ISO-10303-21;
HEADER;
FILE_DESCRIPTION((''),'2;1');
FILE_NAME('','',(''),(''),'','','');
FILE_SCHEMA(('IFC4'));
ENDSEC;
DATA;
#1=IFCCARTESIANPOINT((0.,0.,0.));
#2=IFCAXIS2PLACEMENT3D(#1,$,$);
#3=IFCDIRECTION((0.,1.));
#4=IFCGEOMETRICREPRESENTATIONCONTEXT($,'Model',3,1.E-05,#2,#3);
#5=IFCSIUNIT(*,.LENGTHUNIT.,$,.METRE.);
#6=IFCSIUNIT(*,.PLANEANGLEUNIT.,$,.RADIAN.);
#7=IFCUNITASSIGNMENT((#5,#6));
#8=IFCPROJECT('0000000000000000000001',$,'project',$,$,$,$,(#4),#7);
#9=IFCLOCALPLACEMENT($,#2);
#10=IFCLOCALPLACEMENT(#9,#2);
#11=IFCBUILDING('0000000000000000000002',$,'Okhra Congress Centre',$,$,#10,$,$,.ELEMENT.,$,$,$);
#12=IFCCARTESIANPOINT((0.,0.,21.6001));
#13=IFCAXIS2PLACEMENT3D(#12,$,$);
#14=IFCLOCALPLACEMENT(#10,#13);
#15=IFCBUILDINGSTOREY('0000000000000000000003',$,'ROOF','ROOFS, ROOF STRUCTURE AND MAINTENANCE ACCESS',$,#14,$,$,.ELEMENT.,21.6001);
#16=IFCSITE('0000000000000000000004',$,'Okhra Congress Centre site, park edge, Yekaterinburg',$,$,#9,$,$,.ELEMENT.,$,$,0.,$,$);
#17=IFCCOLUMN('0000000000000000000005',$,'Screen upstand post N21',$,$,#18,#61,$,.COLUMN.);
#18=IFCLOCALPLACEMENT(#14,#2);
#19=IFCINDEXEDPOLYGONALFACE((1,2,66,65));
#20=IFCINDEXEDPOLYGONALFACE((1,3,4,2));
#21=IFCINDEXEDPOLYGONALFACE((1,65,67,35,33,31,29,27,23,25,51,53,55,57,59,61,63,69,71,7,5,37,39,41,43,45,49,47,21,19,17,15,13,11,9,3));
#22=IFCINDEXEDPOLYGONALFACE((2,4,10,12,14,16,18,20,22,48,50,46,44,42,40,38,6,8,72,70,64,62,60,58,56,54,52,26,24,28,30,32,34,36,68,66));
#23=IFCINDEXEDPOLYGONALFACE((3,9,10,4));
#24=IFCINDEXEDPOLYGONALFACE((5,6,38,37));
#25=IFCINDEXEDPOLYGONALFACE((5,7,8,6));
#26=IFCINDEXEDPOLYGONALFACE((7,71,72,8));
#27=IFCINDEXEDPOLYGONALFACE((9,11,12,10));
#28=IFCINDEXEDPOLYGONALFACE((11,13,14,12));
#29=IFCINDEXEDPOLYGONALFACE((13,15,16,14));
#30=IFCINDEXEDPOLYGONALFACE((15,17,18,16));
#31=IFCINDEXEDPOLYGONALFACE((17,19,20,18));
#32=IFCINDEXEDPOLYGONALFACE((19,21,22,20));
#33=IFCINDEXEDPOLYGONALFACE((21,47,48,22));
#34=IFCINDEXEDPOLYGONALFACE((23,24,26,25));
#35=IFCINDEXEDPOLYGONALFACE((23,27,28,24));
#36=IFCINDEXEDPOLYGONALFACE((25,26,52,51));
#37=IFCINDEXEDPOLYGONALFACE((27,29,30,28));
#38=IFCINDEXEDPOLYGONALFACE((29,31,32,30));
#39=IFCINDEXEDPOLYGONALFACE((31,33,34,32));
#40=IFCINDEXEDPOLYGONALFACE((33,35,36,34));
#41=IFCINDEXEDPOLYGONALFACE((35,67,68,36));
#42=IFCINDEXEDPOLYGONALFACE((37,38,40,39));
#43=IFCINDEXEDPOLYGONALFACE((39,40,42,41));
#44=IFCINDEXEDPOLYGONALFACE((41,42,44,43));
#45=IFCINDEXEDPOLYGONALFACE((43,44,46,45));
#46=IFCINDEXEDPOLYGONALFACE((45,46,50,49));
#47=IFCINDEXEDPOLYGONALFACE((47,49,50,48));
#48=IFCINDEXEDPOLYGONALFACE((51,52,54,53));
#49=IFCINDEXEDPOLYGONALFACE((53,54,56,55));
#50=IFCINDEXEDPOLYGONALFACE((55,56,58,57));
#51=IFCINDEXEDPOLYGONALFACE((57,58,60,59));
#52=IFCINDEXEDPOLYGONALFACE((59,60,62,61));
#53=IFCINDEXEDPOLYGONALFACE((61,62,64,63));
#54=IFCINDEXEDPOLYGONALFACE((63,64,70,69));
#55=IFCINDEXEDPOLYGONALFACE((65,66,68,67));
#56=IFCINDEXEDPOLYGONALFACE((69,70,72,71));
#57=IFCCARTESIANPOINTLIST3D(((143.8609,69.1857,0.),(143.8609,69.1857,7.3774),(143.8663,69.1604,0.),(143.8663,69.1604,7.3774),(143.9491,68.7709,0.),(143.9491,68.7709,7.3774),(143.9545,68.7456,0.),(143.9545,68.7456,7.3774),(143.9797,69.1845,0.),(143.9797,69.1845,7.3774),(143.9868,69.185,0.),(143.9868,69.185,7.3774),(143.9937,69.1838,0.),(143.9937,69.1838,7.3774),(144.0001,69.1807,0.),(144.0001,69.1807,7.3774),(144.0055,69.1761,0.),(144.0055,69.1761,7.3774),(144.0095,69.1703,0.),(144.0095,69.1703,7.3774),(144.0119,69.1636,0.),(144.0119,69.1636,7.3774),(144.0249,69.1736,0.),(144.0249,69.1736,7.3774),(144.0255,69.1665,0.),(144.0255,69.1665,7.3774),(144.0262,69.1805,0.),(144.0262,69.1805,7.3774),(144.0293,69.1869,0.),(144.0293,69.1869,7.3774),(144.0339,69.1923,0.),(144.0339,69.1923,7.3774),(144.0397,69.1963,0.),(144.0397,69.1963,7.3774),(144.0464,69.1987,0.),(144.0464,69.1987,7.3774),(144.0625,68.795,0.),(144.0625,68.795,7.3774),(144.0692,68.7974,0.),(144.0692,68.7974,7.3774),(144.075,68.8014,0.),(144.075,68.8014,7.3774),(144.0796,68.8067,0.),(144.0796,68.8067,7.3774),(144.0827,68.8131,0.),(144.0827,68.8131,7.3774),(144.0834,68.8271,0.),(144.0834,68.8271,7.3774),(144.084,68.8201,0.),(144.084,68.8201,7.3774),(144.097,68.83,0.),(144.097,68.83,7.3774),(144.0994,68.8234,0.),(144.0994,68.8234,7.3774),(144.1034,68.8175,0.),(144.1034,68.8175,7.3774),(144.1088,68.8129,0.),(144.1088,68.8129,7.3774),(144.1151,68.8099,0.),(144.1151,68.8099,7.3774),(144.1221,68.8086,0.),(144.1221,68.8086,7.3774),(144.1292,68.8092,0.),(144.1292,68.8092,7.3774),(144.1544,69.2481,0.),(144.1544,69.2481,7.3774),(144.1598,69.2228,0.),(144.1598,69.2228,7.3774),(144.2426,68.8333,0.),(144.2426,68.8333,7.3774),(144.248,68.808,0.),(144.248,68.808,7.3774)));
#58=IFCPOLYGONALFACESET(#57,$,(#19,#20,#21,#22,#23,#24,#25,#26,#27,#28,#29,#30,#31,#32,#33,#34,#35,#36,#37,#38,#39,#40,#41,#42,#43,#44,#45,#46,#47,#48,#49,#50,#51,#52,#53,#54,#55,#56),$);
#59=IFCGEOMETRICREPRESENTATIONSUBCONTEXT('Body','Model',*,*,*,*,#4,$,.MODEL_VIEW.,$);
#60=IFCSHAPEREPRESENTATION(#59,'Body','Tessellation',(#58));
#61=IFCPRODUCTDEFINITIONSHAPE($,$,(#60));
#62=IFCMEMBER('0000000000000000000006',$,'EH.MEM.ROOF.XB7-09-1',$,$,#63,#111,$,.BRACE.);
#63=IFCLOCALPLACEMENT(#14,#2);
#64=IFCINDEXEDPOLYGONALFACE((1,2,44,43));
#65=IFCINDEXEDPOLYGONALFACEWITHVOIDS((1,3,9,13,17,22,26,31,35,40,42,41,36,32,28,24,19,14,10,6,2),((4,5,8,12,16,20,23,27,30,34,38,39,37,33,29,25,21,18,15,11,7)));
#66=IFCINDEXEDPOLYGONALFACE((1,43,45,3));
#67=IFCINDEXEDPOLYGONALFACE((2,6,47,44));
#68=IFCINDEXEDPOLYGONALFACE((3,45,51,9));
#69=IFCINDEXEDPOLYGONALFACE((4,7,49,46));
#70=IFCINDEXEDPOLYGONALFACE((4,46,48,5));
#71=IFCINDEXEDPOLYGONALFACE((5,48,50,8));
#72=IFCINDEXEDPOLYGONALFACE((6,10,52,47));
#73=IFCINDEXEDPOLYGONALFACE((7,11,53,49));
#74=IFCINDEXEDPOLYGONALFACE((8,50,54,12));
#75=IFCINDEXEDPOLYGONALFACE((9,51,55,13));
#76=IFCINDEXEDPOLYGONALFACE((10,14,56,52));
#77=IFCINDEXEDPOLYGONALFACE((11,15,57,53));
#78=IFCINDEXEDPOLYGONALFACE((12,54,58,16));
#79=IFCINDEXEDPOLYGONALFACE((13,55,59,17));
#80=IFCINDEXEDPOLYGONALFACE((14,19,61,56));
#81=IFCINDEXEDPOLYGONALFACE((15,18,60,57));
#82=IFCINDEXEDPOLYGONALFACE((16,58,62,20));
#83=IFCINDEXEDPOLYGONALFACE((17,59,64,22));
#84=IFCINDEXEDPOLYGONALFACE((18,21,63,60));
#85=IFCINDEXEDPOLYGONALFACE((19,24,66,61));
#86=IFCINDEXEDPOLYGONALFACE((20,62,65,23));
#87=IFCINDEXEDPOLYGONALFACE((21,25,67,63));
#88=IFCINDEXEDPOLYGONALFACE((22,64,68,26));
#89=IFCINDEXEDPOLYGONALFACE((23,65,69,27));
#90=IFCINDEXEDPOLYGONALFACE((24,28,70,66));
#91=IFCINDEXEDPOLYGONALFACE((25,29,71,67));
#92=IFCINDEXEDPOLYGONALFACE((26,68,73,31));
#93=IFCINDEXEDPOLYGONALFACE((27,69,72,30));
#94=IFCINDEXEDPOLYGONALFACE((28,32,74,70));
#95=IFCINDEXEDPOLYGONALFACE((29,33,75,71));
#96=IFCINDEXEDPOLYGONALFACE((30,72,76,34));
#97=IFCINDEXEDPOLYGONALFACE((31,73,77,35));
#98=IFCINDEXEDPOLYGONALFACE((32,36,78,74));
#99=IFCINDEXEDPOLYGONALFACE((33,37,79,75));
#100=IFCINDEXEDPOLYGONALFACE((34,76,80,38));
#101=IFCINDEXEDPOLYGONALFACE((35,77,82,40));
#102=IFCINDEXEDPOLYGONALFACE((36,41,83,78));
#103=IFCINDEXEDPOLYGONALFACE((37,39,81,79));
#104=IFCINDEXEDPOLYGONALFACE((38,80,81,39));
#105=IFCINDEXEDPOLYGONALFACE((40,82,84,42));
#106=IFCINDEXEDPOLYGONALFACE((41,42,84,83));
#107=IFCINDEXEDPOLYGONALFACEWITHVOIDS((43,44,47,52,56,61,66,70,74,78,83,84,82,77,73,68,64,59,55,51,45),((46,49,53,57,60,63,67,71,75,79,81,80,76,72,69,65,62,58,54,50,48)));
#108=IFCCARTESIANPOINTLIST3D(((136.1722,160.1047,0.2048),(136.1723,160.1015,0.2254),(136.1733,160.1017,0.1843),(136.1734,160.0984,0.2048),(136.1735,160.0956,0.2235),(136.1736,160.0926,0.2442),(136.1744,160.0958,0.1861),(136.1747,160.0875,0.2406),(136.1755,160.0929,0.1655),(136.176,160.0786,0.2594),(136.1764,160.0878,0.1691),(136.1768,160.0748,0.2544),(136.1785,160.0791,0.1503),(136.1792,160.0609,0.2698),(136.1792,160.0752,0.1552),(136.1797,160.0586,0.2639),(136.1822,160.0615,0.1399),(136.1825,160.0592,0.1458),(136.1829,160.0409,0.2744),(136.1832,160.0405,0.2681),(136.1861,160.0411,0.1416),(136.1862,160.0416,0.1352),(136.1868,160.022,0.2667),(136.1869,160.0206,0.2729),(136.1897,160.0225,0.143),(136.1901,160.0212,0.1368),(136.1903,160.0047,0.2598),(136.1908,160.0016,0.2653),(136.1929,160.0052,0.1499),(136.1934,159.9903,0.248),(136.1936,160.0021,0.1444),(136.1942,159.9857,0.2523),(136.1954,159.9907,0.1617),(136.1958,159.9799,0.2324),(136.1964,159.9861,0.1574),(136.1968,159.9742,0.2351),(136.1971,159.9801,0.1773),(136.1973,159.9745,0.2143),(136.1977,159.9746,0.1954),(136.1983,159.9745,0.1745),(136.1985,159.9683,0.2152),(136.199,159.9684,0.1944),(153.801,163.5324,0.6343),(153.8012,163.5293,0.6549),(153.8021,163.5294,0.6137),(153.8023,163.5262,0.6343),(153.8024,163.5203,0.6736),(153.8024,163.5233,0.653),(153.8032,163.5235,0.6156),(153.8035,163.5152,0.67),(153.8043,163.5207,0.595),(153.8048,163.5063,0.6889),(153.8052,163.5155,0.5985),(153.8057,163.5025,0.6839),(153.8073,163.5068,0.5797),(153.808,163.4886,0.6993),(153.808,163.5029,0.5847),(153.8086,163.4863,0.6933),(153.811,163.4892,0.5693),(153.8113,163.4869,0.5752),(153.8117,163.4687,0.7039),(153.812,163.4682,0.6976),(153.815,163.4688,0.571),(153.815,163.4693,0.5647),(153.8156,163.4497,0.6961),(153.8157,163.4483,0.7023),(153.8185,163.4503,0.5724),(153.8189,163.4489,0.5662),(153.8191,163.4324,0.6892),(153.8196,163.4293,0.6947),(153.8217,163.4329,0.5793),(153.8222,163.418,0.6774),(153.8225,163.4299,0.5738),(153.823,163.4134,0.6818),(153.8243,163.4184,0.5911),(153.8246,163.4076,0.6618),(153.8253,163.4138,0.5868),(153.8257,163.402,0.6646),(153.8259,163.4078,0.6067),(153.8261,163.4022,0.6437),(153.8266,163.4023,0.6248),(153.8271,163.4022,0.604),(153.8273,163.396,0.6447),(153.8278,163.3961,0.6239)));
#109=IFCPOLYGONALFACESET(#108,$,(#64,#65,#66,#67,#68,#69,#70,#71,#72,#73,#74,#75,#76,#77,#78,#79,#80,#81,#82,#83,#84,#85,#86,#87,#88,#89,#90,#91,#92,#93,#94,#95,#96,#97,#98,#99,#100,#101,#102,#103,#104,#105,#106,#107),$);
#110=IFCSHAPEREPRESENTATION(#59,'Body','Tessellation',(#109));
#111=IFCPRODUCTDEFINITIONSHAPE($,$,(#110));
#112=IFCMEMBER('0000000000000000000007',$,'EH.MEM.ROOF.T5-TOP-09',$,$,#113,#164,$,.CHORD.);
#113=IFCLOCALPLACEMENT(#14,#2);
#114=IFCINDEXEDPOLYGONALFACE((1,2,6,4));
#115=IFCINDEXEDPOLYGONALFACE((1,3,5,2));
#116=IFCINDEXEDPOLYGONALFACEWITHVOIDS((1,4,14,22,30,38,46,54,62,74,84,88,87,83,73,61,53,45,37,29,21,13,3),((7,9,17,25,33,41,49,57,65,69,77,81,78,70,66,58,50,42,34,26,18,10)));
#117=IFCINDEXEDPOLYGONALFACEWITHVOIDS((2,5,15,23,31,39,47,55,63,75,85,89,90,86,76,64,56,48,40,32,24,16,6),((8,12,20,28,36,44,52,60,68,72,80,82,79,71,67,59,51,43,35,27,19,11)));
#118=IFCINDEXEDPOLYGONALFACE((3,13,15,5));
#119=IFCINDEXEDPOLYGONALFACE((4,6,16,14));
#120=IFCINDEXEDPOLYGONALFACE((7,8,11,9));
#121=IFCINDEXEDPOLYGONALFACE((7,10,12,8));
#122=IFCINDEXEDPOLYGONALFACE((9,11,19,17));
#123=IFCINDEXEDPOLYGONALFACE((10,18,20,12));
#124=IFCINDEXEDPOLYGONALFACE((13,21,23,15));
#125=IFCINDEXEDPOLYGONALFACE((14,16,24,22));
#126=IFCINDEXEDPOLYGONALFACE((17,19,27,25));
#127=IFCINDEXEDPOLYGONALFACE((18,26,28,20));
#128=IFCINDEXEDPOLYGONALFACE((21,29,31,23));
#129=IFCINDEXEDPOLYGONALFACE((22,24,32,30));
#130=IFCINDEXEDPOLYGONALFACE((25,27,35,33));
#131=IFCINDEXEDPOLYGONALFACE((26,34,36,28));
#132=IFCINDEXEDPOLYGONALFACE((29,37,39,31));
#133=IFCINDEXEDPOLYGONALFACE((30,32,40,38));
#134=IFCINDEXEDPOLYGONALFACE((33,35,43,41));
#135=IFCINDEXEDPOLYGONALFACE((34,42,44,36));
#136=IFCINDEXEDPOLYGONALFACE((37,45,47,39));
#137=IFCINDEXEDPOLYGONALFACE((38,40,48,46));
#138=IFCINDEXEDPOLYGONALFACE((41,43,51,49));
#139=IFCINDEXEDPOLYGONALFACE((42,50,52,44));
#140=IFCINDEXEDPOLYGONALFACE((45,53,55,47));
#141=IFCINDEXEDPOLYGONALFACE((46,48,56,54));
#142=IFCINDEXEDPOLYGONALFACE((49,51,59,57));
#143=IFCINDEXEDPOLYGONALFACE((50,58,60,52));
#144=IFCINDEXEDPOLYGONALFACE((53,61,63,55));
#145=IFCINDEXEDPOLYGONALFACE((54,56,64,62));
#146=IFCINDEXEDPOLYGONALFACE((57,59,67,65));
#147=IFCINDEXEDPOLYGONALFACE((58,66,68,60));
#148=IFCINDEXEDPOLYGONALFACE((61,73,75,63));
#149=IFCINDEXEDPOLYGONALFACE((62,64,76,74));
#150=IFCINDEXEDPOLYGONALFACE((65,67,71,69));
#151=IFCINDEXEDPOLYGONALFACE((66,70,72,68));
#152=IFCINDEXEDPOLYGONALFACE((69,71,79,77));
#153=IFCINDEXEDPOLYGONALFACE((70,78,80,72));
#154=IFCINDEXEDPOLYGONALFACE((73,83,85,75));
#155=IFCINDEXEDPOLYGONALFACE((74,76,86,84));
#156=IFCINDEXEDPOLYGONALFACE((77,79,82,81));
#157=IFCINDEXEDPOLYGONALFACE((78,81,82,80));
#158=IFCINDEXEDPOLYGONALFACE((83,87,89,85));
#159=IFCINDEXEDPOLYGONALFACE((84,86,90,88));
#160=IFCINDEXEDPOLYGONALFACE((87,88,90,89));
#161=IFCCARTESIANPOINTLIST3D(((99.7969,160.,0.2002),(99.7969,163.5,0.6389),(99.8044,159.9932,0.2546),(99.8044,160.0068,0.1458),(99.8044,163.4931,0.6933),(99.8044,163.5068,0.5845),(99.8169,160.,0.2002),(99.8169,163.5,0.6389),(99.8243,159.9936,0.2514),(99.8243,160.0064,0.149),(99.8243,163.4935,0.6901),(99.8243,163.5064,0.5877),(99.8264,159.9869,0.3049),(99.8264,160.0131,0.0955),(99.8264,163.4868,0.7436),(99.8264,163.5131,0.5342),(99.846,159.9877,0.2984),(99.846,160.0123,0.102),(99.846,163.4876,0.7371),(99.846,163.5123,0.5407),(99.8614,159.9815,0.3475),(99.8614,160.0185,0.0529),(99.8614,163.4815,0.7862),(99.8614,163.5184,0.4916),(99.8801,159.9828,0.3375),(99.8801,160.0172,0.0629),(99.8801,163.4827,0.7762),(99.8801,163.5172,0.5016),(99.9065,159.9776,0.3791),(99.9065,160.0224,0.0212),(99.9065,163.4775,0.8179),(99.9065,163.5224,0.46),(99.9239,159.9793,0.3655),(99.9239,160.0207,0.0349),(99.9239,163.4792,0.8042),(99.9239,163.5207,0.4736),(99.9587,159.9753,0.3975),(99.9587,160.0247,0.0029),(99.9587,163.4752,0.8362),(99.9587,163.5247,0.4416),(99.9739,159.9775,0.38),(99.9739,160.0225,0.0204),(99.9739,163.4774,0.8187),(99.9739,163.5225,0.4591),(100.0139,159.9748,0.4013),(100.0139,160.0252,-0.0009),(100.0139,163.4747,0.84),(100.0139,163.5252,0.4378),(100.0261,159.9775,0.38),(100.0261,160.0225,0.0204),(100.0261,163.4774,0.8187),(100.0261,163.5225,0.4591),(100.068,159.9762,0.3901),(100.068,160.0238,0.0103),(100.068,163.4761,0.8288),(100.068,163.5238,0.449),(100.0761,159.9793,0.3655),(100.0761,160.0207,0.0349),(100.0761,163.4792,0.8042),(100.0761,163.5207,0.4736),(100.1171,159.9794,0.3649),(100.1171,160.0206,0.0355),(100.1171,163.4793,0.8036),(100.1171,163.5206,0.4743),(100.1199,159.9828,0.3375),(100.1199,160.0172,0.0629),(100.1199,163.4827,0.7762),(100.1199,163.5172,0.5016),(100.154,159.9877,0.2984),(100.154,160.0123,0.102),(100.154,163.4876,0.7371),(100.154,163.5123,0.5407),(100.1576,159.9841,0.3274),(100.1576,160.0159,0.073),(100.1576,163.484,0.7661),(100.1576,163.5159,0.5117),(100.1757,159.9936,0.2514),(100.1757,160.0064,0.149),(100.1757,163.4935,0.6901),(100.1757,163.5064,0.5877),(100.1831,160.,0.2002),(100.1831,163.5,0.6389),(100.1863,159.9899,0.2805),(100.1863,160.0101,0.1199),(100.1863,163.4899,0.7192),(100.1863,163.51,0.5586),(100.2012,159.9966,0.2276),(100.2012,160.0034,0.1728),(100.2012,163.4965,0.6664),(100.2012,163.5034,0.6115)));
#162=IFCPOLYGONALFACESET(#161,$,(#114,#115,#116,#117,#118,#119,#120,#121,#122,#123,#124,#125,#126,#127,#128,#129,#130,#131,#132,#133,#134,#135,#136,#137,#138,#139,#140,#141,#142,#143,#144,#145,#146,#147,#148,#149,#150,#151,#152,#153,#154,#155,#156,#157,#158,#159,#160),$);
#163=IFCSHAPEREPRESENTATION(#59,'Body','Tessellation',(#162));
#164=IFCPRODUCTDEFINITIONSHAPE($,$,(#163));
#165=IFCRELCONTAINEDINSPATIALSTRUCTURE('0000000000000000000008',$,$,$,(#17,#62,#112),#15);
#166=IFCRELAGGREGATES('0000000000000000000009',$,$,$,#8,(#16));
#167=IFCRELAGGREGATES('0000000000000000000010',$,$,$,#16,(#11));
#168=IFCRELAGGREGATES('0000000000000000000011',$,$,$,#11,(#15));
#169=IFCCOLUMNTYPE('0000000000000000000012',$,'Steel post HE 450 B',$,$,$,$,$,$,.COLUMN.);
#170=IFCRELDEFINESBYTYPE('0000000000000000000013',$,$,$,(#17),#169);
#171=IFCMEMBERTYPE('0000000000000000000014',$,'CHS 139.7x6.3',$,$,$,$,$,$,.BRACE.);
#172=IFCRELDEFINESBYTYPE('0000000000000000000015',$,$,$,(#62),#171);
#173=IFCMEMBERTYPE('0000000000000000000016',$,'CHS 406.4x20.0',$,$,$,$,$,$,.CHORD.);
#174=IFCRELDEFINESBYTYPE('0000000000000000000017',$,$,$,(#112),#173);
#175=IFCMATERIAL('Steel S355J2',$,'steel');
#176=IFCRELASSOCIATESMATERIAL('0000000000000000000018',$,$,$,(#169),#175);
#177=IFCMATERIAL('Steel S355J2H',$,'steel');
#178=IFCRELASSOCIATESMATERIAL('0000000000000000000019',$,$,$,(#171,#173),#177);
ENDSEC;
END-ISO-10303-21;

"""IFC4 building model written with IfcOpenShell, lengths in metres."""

from ifc_helpers import new_model, si_unit, direction, frame, origin, origin_2d, place, context, subcontext, project, spatial, hollow_circle, i_section, extrude, material, material_profile, profile_set, type_object, element, save


model = new_model("IFC4")

# Units and contexts
model_context = context("Model", 3, precision=1e-05, world=origin(), true_north=direction((0.0, 1.0)))
body_context = subcontext(model_context, "Body", "Model", "MODEL_VIEW")
ifc_project = project(units=[si_unit("LENGTHUNIT", "METRE"), si_unit("PLANEANGLEUNIT", "RADIAN")], contexts=[model_context])

# Site, building, storey
site_placement = place(None, origin())
site = spatial("IfcSite", under=ifc_project, at=site_placement, Name="Okhra Congress Centre site, park edge, Yekaterinburg", CompositionType="ELEMENT", RefElevation=0.0)
building_placement = place(site_placement, origin())
building = spatial("IfcBuilding", under=site, at=building_placement, Name="Okhra Congress Centre", CompositionType="ELEMENT")
storey_placement = place(building_placement, frame((0.0, 0.0, 21.6001)))
storey = spatial("IfcBuildingStorey", under=building, at=storey_placement, Name="ROOF", Description="ROOFS, ROOF STRUCTURE AND MAINTENANCE ACCESS", CompositionType="ELEMENT", Elevation=21.6001)

# Column
ifc_material_1 = material(Name="Steel S355J2", Category="steel")
ifc_material_profile_1 = material_profile(ifc_material_1, i_section(OverallWidth=0.3, OverallDepth=0.45, WebThickness=0.0139, FlangeThickness=0.0259, FilletRadius=0.0271, at=origin_2d()), Name="HE 450 B")
ifc_profile_set_1 = profile_set([ifc_material_profile_1], Name="Steel S355J2")
column_type = type_object("IfcColumnType", Name="Steel post HE 450 B", PredefinedType="COLUMN", material=ifc_profile_set_1)
column_1_placement = place(storey_placement, frame((144.0544, 68.9968, 0.0), z_axis=(0.0, 0.0, 1.0), x_axis=(0.978148, 0.207912, 0.0)))
element("IfcColumn", 1, at=column_1_placement, inside=storey, type_object=column_type, Name="Screen upstand post N21", PredefinedType="COLUMN", context=body_context, shape_type="SweptSolid", body=[
    extrude(i_section(OverallWidth=0.3, OverallDepth=0.45, WebThickness=0.0139, FlangeThickness=0.0259, FilletRadius=0.0271, at=origin_2d()), origin(), (0.0, 0.0, 1.0), 7.3774),
])

# Members
ifc_material_2 = material(Name="Steel S355J2H", Category="steel")
ifc_material_profile_2 = material_profile(ifc_material_2, hollow_circle(Radius=0.0698, WallThickness=0.0063, at=origin_2d()), Name="CHS 139.7x6.3")
ifc_profile_set_2 = profile_set([ifc_material_profile_2], Name="Steel S355J2H")
member_type_1 = type_object("IfcMemberType", Name="CHS 139.7x6.3", PredefinedType="BRACE", material=ifc_profile_set_2)
member_placement = place(storey_placement, frame((136.1855, 160.0361, 0.2048), z_axis=(0.981336, 0.190809, 0.023906), x_axis=(-0.190864, 0.981617, 0.0)))
element("IfcMember", 2, at=member_placement, inside=storey, type_object=member_type_1, Name="EH.MEM.ROOF.XB7-09-1", PredefinedType="BRACE", context=body_context, shape_type="SweptSolid", body=[
    extrude(hollow_circle(Radius=0.0698, WallThickness=0.0063, at=origin_2d()), origin(), (0.0, 0.0, 1.0), 17.9641),
])
ifc_material_profile_3 = material_profile(ifc_material_2, hollow_circle(Radius=0.2031, WallThickness=0.02, at=origin_2d()), Name="CHS 406.4x20.0")
ifc_profile_set_3 = profile_set([ifc_material_profile_3], Name="Steel S355J2H")
member_type_2 = type_object("IfcMemberType", Name="CHS 406.4x20.0", PredefinedType="CHORD", material=ifc_profile_set_3)
for number, where, z_axis, x_axis, name in (
    (3, (100.0, 160.0, 0.2002), (0.0, 0.992235, 0.124375), (-1.0, 0.0, 0.0), "EH.MEM.ROOF.T5-TOP-09"),
):
    element("IfcMember", number, at=place(storey_placement, frame(where, z_axis=z_axis, x_axis=x_axis)), inside=storey, type_object=member_type_2, Name=name, PredefinedType="CHORD", context=body_context, shape_type="SweptSolid", body=[
        extrude(hollow_circle(Radius=0.2031, WallThickness=0.02, at=origin_2d()), origin(), (0.0, 0.0, 1.0), 3.5273),
    ])

save(model, "model.ifc")
